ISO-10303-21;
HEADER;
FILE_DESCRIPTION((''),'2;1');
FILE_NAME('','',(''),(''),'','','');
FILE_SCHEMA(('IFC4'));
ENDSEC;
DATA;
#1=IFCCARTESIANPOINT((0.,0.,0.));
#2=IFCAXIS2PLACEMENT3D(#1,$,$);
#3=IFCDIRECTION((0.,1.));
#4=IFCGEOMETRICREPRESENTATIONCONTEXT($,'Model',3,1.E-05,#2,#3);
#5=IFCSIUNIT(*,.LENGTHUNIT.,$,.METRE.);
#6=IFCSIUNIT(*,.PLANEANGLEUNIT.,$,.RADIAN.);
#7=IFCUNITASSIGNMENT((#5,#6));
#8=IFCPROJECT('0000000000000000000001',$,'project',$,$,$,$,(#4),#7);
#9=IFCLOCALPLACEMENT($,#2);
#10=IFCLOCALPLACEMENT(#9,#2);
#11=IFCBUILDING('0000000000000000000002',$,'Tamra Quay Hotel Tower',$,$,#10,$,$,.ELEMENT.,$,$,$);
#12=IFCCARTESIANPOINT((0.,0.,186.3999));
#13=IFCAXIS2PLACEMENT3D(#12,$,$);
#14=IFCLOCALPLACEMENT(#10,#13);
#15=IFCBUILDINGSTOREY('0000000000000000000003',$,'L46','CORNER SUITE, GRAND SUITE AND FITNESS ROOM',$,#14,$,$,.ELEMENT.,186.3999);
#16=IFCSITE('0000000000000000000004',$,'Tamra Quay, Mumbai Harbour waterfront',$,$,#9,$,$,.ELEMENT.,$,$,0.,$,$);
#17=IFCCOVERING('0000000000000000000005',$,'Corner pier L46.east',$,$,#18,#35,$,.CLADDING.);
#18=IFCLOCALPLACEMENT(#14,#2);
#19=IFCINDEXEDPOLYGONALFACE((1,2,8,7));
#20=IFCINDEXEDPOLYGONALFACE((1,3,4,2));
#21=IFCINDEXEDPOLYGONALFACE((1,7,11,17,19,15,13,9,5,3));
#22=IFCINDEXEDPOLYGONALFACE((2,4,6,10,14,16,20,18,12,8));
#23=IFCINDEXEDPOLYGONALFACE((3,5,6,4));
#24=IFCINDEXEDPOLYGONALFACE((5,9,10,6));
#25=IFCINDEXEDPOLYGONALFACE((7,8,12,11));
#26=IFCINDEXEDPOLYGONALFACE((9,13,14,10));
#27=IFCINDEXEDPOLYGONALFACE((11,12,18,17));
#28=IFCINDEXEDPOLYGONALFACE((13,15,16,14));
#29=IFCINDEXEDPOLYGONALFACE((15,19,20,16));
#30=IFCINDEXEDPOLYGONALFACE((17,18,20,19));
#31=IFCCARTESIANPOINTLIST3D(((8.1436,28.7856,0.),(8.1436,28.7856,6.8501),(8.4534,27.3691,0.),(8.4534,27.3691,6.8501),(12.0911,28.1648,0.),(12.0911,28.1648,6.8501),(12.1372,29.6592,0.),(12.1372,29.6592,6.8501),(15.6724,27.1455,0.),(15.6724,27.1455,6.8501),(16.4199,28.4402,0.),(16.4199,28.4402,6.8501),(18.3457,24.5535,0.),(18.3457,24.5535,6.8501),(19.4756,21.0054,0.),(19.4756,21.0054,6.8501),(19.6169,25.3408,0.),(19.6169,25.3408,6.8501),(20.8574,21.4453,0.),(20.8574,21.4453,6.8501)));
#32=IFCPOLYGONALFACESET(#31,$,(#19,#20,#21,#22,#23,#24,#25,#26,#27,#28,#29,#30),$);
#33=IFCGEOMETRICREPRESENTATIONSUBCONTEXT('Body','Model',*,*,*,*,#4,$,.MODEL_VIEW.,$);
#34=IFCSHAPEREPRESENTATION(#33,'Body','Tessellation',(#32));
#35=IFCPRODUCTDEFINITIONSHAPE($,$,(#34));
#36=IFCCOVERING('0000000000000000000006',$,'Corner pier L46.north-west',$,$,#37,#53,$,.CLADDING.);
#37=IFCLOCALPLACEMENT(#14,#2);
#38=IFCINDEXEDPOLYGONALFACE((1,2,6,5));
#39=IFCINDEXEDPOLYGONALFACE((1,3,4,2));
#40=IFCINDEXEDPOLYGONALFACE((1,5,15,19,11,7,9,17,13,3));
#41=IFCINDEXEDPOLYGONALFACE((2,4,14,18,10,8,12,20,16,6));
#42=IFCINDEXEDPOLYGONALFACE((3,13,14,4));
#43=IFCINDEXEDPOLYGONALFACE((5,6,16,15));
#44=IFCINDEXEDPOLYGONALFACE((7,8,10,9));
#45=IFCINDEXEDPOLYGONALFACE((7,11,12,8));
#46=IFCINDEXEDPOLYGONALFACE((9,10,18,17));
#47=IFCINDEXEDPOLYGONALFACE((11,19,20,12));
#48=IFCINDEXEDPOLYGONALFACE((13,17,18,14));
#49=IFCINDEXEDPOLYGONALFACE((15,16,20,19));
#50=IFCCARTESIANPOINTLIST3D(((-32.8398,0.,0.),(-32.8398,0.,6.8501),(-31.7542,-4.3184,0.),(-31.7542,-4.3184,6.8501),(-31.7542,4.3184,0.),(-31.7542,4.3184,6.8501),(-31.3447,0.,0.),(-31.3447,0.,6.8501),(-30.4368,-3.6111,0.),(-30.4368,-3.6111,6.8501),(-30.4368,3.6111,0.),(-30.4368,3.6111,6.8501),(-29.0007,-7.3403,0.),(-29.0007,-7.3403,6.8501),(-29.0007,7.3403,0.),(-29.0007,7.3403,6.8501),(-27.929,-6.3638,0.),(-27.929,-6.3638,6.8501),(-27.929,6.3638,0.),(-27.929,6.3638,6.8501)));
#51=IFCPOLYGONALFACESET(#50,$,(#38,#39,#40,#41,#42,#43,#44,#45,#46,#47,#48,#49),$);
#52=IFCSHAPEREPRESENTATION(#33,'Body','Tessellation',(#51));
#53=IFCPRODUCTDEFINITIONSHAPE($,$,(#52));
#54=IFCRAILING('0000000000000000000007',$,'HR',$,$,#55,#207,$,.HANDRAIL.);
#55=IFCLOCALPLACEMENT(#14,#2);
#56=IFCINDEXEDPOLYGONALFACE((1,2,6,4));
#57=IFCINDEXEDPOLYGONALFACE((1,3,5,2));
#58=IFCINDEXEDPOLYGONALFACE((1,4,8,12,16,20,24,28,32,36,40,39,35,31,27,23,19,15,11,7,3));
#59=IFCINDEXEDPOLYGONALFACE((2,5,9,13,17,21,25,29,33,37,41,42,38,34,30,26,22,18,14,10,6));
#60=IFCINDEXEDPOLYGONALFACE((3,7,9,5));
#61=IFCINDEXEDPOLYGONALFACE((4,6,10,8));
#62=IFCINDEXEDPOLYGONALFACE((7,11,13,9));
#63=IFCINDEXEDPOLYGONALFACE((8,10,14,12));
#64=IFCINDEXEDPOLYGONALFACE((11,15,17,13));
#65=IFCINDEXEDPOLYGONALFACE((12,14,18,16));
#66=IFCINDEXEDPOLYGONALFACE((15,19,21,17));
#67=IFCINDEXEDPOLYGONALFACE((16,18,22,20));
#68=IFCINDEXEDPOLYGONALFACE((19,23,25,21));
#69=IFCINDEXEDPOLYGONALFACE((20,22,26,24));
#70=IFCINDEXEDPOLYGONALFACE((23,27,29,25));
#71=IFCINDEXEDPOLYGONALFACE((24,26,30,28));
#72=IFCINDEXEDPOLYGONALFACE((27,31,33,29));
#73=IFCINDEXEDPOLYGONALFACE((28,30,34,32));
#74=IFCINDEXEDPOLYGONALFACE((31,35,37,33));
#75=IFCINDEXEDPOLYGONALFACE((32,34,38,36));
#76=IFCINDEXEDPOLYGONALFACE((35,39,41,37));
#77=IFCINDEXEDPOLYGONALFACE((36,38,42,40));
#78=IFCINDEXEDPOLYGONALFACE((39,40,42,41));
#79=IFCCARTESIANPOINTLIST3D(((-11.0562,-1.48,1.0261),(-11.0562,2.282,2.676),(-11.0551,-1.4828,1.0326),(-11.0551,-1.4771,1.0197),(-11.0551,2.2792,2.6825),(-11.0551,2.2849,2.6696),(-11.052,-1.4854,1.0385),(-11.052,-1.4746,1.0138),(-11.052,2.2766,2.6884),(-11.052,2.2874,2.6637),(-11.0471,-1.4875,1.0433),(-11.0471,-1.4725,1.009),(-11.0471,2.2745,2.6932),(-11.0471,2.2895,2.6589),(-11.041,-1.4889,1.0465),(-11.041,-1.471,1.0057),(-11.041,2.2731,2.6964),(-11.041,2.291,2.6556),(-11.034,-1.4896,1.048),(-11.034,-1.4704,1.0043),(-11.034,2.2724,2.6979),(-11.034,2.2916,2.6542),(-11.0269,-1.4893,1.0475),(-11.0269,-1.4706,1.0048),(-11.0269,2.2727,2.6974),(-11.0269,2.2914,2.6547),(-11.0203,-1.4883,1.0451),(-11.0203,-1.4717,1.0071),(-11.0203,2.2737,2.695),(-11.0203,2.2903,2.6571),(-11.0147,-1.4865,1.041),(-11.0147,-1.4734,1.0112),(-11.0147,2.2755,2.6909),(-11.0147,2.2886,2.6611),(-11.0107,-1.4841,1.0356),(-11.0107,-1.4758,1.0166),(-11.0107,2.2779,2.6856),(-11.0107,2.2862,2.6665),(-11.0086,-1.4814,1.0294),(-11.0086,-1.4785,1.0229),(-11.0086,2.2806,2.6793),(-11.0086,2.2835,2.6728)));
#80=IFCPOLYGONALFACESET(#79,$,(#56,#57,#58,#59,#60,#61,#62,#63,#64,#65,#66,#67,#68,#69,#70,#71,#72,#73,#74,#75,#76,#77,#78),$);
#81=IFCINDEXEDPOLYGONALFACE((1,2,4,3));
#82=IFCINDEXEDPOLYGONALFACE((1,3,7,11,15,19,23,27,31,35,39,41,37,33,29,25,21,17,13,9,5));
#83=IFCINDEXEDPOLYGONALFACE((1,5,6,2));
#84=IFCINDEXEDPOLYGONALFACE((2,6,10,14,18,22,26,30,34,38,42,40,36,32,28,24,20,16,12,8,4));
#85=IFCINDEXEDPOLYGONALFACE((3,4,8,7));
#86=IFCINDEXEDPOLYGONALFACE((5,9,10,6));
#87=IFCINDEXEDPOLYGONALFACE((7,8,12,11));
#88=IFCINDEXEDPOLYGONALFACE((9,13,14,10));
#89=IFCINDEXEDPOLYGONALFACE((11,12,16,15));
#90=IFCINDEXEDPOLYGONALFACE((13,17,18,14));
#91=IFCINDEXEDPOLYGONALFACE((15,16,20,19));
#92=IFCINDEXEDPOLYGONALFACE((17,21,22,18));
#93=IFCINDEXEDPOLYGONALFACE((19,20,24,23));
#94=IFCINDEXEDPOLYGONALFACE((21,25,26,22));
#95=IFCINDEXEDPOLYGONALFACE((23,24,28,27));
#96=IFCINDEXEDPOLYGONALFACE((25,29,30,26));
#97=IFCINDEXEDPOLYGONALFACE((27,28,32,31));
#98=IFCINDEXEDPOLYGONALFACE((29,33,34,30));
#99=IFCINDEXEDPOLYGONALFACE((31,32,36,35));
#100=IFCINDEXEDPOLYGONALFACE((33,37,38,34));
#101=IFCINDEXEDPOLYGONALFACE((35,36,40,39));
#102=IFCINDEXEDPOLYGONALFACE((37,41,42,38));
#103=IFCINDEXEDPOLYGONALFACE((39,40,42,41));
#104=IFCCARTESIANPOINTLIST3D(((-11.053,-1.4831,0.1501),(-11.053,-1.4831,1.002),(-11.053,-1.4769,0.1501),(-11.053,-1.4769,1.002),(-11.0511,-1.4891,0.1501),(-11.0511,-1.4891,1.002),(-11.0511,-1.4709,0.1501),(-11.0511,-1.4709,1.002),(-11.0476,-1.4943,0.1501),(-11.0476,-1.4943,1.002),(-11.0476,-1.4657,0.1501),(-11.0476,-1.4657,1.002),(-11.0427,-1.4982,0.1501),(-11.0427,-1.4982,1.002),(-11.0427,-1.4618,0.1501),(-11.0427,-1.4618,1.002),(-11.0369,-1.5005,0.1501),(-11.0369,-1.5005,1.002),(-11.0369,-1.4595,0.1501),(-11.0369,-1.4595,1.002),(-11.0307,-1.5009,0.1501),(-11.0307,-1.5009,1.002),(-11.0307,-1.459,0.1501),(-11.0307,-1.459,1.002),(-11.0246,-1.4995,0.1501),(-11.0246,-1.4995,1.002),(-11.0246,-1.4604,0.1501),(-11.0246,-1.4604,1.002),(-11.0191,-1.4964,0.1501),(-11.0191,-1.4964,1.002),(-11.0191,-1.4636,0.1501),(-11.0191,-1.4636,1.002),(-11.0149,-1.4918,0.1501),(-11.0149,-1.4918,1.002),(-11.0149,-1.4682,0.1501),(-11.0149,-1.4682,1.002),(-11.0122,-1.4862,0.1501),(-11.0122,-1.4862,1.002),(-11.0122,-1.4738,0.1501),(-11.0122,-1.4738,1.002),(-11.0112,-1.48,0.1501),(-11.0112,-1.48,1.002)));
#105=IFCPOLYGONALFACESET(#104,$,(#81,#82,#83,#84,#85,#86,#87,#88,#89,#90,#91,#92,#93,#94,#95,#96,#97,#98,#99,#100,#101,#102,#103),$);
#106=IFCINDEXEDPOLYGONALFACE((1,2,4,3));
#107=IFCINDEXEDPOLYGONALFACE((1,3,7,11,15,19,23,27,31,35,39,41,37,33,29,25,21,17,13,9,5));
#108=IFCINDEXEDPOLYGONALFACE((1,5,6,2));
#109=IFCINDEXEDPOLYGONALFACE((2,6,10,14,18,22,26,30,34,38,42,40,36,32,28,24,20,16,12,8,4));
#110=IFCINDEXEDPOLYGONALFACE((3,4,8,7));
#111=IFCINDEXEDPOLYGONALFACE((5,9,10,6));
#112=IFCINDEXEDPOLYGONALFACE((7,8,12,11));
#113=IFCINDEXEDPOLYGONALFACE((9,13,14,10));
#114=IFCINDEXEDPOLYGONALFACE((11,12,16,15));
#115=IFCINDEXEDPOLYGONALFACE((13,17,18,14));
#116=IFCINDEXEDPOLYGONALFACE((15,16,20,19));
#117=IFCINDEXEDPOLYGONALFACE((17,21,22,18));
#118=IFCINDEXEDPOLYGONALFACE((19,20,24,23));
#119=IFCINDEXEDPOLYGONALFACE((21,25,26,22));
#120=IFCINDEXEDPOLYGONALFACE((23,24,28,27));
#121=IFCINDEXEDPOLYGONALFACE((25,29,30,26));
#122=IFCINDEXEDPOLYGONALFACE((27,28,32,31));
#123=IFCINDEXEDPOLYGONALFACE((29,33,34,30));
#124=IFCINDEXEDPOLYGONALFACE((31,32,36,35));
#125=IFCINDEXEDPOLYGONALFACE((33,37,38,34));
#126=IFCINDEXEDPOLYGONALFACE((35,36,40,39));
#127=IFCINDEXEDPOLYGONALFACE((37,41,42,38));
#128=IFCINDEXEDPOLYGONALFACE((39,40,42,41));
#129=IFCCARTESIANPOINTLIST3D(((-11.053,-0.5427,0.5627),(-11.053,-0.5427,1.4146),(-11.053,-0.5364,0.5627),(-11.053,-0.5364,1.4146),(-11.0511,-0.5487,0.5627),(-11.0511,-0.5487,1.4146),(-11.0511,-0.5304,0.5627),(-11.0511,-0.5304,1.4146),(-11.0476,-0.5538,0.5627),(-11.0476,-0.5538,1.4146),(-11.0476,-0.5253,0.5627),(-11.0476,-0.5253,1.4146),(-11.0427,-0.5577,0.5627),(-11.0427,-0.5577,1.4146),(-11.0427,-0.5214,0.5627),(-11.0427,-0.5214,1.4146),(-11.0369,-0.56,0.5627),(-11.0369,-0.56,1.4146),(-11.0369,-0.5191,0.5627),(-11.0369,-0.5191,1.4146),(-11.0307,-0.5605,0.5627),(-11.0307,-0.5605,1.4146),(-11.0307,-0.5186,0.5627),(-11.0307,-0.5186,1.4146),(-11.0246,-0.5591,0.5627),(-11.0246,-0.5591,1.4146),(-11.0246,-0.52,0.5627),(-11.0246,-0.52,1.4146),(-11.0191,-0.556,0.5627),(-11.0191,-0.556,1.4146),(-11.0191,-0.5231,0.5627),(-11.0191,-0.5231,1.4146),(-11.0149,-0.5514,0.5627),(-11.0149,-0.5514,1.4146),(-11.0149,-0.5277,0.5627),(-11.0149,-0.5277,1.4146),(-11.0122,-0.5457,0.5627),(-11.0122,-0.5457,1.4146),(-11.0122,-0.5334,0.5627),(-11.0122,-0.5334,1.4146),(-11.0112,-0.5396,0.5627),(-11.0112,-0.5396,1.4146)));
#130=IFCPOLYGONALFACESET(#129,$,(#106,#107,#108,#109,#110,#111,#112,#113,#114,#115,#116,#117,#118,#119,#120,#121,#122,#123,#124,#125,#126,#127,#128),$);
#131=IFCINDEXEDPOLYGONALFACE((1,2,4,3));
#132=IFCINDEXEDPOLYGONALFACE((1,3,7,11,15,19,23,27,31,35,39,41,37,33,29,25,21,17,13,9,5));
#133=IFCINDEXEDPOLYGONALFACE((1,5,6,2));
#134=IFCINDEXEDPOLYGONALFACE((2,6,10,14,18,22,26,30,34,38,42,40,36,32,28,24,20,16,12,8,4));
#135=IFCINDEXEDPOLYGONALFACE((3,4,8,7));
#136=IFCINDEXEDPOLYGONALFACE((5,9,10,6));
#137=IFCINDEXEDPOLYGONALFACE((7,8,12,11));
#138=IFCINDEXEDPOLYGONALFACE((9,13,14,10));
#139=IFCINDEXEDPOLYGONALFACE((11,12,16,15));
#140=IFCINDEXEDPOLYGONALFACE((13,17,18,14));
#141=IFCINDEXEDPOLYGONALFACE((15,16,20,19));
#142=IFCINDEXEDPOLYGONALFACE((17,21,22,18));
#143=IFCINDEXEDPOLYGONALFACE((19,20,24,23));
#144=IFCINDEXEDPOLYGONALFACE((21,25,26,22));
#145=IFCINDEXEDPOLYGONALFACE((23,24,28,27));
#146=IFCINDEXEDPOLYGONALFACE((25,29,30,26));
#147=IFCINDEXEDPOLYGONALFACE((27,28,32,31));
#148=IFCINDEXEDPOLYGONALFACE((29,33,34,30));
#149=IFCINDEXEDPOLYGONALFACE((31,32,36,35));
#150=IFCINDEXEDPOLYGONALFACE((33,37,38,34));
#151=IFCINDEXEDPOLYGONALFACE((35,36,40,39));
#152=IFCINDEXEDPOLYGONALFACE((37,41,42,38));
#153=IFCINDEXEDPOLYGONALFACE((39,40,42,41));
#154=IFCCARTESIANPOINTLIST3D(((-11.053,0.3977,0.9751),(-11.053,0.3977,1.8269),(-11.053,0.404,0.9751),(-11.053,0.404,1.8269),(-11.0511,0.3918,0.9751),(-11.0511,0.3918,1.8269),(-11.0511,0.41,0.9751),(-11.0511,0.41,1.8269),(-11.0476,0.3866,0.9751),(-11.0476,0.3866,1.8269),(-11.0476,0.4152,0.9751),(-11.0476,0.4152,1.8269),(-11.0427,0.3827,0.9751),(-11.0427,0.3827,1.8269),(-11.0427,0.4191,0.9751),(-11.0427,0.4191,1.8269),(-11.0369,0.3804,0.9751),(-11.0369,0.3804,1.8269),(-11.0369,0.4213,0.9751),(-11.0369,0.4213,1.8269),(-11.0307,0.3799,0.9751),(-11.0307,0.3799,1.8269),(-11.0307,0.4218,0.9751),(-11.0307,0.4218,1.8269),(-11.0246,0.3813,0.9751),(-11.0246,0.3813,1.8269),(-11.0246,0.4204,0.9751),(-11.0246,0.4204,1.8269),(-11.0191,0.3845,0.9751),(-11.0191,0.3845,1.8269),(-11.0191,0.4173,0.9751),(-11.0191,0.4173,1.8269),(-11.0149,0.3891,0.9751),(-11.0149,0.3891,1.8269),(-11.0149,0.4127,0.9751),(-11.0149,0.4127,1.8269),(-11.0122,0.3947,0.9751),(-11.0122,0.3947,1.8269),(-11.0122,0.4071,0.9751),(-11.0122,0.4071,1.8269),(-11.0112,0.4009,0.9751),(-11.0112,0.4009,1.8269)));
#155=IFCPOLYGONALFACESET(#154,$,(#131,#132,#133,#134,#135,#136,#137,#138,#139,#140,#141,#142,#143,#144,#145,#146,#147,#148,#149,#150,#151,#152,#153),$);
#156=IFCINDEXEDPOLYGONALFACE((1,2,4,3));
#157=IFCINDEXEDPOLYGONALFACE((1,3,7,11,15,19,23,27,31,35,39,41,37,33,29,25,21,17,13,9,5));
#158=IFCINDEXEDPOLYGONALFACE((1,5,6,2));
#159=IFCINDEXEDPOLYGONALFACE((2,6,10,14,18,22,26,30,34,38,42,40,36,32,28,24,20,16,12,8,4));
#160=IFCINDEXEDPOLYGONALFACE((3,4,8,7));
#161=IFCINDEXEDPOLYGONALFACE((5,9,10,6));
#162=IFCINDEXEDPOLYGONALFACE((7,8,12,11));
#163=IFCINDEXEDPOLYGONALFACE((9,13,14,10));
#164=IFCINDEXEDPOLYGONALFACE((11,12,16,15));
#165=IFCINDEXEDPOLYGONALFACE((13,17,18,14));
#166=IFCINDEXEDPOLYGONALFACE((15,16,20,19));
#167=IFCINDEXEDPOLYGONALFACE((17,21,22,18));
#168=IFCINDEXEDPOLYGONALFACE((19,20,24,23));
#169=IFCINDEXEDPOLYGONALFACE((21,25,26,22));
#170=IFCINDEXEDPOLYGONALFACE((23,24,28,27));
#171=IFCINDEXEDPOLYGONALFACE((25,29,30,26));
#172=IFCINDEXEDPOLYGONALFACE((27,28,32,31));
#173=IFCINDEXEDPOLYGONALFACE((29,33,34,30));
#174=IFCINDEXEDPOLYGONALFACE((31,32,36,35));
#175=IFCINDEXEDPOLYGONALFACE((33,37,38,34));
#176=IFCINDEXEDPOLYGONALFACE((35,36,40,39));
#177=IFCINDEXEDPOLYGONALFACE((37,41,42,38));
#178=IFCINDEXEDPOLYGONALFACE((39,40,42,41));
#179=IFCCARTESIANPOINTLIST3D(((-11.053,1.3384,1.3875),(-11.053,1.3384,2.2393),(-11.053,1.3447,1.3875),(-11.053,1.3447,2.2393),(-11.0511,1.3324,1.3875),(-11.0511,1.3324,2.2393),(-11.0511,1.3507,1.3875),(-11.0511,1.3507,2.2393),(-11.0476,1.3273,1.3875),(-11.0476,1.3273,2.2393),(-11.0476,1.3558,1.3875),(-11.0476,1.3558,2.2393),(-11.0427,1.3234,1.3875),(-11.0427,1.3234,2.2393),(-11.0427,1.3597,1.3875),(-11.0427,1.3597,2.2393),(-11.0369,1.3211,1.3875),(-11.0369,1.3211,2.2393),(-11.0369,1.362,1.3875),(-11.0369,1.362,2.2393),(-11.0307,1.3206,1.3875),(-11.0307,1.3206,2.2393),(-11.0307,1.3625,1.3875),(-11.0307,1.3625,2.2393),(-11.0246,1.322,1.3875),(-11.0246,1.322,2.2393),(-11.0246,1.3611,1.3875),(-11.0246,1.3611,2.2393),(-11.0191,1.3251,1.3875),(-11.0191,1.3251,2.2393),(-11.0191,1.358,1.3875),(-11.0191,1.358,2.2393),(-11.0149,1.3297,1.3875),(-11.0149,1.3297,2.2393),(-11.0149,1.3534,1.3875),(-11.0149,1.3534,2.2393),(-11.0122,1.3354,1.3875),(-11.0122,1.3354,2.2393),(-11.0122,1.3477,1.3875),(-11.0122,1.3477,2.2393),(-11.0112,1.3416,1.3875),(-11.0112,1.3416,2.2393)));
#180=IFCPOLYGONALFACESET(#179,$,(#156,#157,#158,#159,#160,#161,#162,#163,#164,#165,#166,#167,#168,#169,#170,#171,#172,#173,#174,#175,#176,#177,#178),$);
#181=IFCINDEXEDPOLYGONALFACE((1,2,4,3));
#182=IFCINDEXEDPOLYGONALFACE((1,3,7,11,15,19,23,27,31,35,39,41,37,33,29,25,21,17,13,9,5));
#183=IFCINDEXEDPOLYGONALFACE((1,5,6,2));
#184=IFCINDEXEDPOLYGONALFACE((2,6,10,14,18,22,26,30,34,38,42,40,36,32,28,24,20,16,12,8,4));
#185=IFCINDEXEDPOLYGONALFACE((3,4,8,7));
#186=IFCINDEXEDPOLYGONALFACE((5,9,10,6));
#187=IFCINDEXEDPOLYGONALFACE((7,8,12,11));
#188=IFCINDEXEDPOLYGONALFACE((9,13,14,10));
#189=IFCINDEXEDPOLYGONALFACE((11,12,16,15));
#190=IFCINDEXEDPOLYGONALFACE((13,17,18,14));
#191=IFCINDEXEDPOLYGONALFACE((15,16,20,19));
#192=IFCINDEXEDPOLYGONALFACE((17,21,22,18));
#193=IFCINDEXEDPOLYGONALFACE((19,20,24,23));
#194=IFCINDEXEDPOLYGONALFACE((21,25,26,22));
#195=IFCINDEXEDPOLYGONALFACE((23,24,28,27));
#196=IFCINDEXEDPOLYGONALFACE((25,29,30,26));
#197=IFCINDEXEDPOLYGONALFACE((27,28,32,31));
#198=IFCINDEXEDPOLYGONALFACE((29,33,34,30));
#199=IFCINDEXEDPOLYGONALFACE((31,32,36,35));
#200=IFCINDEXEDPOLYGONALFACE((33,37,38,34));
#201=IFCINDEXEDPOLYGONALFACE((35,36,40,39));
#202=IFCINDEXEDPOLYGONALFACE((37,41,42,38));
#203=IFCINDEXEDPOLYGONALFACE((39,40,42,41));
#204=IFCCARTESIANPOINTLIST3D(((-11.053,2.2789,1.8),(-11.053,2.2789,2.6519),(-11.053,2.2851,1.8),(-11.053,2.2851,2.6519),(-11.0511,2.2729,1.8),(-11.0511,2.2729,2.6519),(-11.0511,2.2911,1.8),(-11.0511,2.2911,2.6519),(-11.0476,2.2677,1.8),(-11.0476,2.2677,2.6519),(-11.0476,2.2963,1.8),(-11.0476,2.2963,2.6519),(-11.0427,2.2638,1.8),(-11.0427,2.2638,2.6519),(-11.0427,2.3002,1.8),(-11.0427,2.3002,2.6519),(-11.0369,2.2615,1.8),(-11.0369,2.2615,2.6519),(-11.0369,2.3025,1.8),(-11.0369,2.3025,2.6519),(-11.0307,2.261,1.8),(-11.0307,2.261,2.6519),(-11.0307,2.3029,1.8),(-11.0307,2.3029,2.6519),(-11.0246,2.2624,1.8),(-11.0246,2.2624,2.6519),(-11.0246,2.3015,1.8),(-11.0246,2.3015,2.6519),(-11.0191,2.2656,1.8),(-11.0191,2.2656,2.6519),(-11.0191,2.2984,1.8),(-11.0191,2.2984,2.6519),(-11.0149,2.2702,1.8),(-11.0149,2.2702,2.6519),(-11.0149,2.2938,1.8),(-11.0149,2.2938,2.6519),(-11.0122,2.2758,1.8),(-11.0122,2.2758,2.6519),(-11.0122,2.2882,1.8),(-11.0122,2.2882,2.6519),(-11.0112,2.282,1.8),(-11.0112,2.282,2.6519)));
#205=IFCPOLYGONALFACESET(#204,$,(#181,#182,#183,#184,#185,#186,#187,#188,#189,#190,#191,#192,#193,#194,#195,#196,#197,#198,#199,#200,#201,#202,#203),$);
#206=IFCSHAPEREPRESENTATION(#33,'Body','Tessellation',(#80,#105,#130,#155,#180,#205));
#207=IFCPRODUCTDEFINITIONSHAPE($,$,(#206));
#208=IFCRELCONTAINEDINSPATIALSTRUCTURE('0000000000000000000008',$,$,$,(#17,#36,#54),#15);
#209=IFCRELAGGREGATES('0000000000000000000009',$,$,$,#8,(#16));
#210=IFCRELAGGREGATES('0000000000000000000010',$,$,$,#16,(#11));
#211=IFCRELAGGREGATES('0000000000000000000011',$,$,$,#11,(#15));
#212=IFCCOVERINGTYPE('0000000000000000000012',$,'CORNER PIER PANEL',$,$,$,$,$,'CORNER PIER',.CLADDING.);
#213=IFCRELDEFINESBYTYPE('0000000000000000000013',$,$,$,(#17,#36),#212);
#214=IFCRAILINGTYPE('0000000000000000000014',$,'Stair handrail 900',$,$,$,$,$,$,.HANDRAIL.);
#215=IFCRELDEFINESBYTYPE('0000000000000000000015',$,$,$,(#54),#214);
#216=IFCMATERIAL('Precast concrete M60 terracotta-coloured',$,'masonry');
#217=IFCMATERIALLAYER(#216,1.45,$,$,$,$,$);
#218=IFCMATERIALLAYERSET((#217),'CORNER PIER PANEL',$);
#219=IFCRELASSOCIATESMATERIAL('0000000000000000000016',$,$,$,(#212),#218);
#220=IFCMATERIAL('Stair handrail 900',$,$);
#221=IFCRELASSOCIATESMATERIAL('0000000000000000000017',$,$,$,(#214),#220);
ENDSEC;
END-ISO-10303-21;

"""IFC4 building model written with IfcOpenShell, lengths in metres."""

from ifc_helpers import new_model, si_unit, direction, frame, origin, origin_2d, place, context, subcontext, project, spatial, polyline, circle, outline, extrude, material, layer, layer_set, type_object, element, save


model = new_model("IFC4")

# Units and contexts
model_context = context("Model", 3, precision=1e-05, world=origin(), true_north=direction((0.0, 1.0)))
body_context = subcontext(model_context, "Body", "Model", "MODEL_VIEW")
ifc_project = project(units=[si_unit("LENGTHUNIT", "METRE"), si_unit("PLANEANGLEUNIT", "RADIAN")], contexts=[model_context])

# Site, building, storey
site_placement = place(None, origin())
site = spatial("IfcSite", under=ifc_project, at=site_placement, Name="Tamra Quay, Mumbai Harbour waterfront", CompositionType="ELEMENT", RefElevation=0.0)
building_placement = place(site_placement, origin())
building = spatial("IfcBuilding", under=site, at=building_placement, Name="Tamra Quay Hotel Tower", CompositionType="ELEMENT")
storey_placement = place(building_placement, frame((0.0, 0.0, 186.3999)))
storey = spatial("IfcBuildingStorey", under=building, at=storey_placement, Name="L46", Description="CORNER SUITE, GRAND SUITE AND FITNESS ROOM", CompositionType="ELEMENT", Elevation=186.3999)

# Coverings
ifc_material_1 = material(Name="Precast concrete M60 terracotta-coloured", Category="masonry")
ifc_layer_1 = layer(ifc_material_1, 1.45)
ifc_layer_set_1 = layer_set([ifc_layer_1], Name="CORNER PIER PANEL")
covering_type = type_object("IfcCoveringType", Name="CORNER PIER PANEL", ElementType="CORNER PIER", PredefinedType="CLADDING", material=ifc_layer_set_1)
covering_1_placement = place(storey_placement, origin())
element("IfcCovering", 1, at=covering_1_placement, inside=storey, type_object=covering_type, Name="Corner pier L46.east", PredefinedType="CLADDING", context=body_context, shape_type="SweptSolid", body=[
    extrude(outline(polyline([(19.4756, 21.0054), (20.8574, 21.4453), (19.6169, 25.3408), (16.4199, 28.4402), (12.1372, 29.6592), (8.1436, 28.7856), (8.4534, 27.3691), (12.0911, 28.1648), (15.6724, 27.1455), (18.3457, 24.5535), (19.4756, 21.0054)])), origin(), (0.0, 0.0, 1.0), 6.8501),
])
covering_2_placement = place(storey_placement, origin())
element("IfcCovering", 2, at=covering_2_placement, inside=storey, type_object=covering_type, Name="Corner pier L46.north-west", PredefinedType="CLADDING", context=body_context, shape_type="SweptSolid", body=[
    extrude(outline(polyline([(-27.929, 6.3638), (-29.0007, 7.3403), (-31.7542, 4.3184), (-32.8398, 0.0), (-31.7542, -4.3184), (-29.0007, -7.3403), (-27.929, -6.3638), (-30.4368, -3.6111), (-31.3447, 0.0), (-30.4368, 3.6111), (-27.929, 6.3638)])), origin(), (0.0, 0.0, 1.0), 6.8501),
])

# Railing
ifc_material_2 = material(Name="Stair handrail 900")
railing_type = type_object("IfcRailingType", Name="Stair handrail 900", PredefinedType="HANDRAIL", material=ifc_material_2)
railing_placement = place(storey_placement, frame((-11.0322, -1.48, 0.1501)))
element("IfcRailing", 3, at=railing_placement, inside=storey, type_object=railing_type, Name="HR", PredefinedType="HANDRAIL", context=body_context, shape_type="SweptSolid", body=[
    extrude(circle(Radius=0.0239, at=origin_2d()), frame((0.0, 0.0, 0.876), z_axis=(0.0, 0.915795, 0.401645), x_axis=(-1.0, 0.0, 0.0)), (0.0, 0.0, 1.0), 4.1079),
    extrude(circle(Radius=0.021, at=origin_2d()), origin(), (0.0, 0.0, 1.0), 0.8518),
    extrude(circle(Radius=0.021, at=origin_2d()), frame((0.0, 0.9404, 0.4126)), (0.0, 0.0, 1.0), 0.8518),
    extrude(circle(Radius=0.021, at=origin_2d()), frame((0.0, 1.8809, 0.825)), (0.0, 0.0, 1.0), 0.8518),
    extrude(circle(Radius=0.021, at=origin_2d()), frame((0.0, 2.8215, 1.2373)), (0.0, 0.0, 1.0), 0.8518),
    extrude(circle(Radius=0.021, at=origin_2d()), frame((0.0, 3.762, 1.6499)), (0.0, 0.0, 1.0), 0.8518),
])

save(model, "model.ifc")
